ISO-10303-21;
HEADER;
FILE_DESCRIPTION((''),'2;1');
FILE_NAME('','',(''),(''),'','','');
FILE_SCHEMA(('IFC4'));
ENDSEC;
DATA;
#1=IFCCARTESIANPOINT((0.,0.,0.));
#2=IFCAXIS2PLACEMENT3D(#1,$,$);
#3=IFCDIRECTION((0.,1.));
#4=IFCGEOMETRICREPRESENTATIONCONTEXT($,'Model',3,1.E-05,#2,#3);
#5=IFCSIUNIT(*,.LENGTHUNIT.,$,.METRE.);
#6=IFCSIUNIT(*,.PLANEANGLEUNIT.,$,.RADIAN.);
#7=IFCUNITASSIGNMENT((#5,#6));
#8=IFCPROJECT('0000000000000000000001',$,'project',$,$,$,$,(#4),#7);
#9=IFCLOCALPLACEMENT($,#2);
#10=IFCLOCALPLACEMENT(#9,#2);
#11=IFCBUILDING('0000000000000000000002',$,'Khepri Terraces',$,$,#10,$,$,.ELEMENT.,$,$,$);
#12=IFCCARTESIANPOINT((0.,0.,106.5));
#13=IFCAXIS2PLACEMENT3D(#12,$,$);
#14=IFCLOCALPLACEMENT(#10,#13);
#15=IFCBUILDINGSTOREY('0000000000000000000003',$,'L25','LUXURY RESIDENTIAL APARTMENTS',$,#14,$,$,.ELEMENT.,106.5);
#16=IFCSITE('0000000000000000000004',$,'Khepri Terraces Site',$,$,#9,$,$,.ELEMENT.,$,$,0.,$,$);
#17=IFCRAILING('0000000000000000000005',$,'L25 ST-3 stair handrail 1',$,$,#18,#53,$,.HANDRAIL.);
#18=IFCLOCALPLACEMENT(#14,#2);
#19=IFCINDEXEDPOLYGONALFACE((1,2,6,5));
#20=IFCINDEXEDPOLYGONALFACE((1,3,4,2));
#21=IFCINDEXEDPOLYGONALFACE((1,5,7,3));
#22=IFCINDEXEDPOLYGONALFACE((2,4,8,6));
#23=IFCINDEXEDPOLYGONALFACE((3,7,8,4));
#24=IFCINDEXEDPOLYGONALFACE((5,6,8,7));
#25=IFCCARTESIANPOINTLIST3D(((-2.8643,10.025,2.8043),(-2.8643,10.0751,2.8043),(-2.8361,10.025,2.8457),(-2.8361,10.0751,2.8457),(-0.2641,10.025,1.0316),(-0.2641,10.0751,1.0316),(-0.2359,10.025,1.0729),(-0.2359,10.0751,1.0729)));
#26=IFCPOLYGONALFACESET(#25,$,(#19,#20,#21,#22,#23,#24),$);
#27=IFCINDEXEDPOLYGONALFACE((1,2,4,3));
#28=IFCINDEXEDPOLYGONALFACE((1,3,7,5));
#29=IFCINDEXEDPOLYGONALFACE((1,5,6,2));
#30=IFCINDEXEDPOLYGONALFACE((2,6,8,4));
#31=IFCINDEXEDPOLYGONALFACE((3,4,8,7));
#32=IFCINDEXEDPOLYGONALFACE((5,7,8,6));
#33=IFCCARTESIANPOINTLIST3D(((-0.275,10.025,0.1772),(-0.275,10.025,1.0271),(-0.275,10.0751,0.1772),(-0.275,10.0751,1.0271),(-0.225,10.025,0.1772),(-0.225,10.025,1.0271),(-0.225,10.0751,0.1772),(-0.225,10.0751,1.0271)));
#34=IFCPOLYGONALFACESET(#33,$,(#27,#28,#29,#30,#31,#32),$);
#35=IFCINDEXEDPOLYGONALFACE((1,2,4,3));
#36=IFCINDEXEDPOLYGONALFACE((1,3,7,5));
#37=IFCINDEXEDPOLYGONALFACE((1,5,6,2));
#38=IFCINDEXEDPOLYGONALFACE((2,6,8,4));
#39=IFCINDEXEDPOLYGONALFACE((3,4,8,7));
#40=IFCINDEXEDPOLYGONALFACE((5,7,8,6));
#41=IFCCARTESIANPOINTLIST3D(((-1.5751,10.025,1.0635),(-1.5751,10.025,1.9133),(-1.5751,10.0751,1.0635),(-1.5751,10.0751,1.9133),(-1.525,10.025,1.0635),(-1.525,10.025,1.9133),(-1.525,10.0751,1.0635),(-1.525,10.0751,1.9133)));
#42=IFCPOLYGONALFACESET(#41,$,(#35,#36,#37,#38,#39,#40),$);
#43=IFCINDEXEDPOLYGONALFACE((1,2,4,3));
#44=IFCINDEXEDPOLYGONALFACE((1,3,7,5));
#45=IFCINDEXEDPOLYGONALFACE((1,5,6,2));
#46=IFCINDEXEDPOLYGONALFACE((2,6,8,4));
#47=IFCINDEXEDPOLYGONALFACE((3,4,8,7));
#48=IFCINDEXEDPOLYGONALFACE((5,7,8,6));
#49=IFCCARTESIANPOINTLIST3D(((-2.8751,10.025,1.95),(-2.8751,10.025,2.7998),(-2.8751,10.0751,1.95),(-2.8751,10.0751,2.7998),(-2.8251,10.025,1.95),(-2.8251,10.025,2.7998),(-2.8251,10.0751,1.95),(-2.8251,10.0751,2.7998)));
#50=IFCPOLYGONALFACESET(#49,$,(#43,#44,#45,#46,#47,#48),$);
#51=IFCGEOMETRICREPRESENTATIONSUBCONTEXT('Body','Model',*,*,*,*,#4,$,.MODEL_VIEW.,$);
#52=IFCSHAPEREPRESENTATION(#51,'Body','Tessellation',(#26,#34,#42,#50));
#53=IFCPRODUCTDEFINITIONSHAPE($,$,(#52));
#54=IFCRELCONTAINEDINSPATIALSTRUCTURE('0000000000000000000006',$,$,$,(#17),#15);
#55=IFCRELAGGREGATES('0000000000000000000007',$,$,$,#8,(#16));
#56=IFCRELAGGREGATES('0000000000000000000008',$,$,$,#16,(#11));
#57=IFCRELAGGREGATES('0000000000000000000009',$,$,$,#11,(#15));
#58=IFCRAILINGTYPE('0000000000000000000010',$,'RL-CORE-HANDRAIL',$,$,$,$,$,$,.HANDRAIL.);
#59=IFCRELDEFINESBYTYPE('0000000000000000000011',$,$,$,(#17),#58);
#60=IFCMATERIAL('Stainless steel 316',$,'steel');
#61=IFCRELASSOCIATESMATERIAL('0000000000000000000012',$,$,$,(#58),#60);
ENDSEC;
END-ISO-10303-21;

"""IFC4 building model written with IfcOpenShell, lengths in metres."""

from ifc_helpers import new_model, si_unit, direction, frame, origin, origin_2d, place, context, subcontext, project, spatial, rectangle, extrude, material, type_object, element, save


model = new_model("IFC4")

# Units and contexts
model_context = context("Model", 3, precision=1e-05, world=origin(), true_north=direction((0.0, 1.0)))
body_context = subcontext(model_context, "Body", "Model", "MODEL_VIEW")
ifc_project = project(units=[si_unit("LENGTHUNIT", "METRE"), si_unit("PLANEANGLEUNIT", "RADIAN")], contexts=[model_context])

# Site, building, storey
site_placement = place(None, origin())
site = spatial("IfcSite", under=ifc_project, at=site_placement, Name="Khepri Terraces Site", CompositionType="ELEMENT", RefElevation=0.0)
building_placement = place(site_placement, origin())
building = spatial("IfcBuilding", under=site, at=building_placement, Name="Khepri Terraces", CompositionType="ELEMENT")
storey_placement = place(building_placement, frame((0.0, 0.0, 106.5)))
storey = spatial("IfcBuildingStorey", under=building, at=storey_placement, Name="L25", Description="LUXURY RESIDENTIAL APARTMENTS", CompositionType="ELEMENT", Elevation=106.5)

# Railing
ifc_material_1 = material(Name="Stainless steel 316", Category="steel")
railing_type_1 = type_object("IfcRailingType", Name="RL-CORE-HANDRAIL", PredefinedType="HANDRAIL", material=ifc_material_1)
railing_1_placement = place(storey_placement, frame((-0.25, 10.05, 0.1772)))
element("IfcRailing", 1, at=railing_1_placement, inside=storey, type_object=railing_type_1, Name="L25 ST-3 stair handrail 1", PredefinedType="HANDRAIL", context=body_context, shape_type="SweptSolid", body=[
    extrude(rectangle(XDim=0.05, YDim=0.05, at=origin_2d()), frame((0.0, 0.0, 0.875), z_axis=(-0.82624, 0.0, 0.563318), x_axis=(0.0, -1.0, 0.0)), (0.0, 0.0, 1.0), 3.147),
    extrude(rectangle(XDim=0.05, YDim=0.05, at=origin_2d()), origin(), (0.0, 0.0, 1.0), 0.8499),
    extrude(rectangle(XDim=0.05, YDim=0.05, at=origin_2d()), frame((-1.3, 0.0, 0.8862)), (0.0, 0.0, 1.0), 0.8499),
    extrude(rectangle(XDim=0.05, YDim=0.05, at=origin_2d()), frame((-2.6001, 0.0, 1.7727)), (0.0, 0.0, 1.0), 0.8499),
])

save(model, "model.ifc")
